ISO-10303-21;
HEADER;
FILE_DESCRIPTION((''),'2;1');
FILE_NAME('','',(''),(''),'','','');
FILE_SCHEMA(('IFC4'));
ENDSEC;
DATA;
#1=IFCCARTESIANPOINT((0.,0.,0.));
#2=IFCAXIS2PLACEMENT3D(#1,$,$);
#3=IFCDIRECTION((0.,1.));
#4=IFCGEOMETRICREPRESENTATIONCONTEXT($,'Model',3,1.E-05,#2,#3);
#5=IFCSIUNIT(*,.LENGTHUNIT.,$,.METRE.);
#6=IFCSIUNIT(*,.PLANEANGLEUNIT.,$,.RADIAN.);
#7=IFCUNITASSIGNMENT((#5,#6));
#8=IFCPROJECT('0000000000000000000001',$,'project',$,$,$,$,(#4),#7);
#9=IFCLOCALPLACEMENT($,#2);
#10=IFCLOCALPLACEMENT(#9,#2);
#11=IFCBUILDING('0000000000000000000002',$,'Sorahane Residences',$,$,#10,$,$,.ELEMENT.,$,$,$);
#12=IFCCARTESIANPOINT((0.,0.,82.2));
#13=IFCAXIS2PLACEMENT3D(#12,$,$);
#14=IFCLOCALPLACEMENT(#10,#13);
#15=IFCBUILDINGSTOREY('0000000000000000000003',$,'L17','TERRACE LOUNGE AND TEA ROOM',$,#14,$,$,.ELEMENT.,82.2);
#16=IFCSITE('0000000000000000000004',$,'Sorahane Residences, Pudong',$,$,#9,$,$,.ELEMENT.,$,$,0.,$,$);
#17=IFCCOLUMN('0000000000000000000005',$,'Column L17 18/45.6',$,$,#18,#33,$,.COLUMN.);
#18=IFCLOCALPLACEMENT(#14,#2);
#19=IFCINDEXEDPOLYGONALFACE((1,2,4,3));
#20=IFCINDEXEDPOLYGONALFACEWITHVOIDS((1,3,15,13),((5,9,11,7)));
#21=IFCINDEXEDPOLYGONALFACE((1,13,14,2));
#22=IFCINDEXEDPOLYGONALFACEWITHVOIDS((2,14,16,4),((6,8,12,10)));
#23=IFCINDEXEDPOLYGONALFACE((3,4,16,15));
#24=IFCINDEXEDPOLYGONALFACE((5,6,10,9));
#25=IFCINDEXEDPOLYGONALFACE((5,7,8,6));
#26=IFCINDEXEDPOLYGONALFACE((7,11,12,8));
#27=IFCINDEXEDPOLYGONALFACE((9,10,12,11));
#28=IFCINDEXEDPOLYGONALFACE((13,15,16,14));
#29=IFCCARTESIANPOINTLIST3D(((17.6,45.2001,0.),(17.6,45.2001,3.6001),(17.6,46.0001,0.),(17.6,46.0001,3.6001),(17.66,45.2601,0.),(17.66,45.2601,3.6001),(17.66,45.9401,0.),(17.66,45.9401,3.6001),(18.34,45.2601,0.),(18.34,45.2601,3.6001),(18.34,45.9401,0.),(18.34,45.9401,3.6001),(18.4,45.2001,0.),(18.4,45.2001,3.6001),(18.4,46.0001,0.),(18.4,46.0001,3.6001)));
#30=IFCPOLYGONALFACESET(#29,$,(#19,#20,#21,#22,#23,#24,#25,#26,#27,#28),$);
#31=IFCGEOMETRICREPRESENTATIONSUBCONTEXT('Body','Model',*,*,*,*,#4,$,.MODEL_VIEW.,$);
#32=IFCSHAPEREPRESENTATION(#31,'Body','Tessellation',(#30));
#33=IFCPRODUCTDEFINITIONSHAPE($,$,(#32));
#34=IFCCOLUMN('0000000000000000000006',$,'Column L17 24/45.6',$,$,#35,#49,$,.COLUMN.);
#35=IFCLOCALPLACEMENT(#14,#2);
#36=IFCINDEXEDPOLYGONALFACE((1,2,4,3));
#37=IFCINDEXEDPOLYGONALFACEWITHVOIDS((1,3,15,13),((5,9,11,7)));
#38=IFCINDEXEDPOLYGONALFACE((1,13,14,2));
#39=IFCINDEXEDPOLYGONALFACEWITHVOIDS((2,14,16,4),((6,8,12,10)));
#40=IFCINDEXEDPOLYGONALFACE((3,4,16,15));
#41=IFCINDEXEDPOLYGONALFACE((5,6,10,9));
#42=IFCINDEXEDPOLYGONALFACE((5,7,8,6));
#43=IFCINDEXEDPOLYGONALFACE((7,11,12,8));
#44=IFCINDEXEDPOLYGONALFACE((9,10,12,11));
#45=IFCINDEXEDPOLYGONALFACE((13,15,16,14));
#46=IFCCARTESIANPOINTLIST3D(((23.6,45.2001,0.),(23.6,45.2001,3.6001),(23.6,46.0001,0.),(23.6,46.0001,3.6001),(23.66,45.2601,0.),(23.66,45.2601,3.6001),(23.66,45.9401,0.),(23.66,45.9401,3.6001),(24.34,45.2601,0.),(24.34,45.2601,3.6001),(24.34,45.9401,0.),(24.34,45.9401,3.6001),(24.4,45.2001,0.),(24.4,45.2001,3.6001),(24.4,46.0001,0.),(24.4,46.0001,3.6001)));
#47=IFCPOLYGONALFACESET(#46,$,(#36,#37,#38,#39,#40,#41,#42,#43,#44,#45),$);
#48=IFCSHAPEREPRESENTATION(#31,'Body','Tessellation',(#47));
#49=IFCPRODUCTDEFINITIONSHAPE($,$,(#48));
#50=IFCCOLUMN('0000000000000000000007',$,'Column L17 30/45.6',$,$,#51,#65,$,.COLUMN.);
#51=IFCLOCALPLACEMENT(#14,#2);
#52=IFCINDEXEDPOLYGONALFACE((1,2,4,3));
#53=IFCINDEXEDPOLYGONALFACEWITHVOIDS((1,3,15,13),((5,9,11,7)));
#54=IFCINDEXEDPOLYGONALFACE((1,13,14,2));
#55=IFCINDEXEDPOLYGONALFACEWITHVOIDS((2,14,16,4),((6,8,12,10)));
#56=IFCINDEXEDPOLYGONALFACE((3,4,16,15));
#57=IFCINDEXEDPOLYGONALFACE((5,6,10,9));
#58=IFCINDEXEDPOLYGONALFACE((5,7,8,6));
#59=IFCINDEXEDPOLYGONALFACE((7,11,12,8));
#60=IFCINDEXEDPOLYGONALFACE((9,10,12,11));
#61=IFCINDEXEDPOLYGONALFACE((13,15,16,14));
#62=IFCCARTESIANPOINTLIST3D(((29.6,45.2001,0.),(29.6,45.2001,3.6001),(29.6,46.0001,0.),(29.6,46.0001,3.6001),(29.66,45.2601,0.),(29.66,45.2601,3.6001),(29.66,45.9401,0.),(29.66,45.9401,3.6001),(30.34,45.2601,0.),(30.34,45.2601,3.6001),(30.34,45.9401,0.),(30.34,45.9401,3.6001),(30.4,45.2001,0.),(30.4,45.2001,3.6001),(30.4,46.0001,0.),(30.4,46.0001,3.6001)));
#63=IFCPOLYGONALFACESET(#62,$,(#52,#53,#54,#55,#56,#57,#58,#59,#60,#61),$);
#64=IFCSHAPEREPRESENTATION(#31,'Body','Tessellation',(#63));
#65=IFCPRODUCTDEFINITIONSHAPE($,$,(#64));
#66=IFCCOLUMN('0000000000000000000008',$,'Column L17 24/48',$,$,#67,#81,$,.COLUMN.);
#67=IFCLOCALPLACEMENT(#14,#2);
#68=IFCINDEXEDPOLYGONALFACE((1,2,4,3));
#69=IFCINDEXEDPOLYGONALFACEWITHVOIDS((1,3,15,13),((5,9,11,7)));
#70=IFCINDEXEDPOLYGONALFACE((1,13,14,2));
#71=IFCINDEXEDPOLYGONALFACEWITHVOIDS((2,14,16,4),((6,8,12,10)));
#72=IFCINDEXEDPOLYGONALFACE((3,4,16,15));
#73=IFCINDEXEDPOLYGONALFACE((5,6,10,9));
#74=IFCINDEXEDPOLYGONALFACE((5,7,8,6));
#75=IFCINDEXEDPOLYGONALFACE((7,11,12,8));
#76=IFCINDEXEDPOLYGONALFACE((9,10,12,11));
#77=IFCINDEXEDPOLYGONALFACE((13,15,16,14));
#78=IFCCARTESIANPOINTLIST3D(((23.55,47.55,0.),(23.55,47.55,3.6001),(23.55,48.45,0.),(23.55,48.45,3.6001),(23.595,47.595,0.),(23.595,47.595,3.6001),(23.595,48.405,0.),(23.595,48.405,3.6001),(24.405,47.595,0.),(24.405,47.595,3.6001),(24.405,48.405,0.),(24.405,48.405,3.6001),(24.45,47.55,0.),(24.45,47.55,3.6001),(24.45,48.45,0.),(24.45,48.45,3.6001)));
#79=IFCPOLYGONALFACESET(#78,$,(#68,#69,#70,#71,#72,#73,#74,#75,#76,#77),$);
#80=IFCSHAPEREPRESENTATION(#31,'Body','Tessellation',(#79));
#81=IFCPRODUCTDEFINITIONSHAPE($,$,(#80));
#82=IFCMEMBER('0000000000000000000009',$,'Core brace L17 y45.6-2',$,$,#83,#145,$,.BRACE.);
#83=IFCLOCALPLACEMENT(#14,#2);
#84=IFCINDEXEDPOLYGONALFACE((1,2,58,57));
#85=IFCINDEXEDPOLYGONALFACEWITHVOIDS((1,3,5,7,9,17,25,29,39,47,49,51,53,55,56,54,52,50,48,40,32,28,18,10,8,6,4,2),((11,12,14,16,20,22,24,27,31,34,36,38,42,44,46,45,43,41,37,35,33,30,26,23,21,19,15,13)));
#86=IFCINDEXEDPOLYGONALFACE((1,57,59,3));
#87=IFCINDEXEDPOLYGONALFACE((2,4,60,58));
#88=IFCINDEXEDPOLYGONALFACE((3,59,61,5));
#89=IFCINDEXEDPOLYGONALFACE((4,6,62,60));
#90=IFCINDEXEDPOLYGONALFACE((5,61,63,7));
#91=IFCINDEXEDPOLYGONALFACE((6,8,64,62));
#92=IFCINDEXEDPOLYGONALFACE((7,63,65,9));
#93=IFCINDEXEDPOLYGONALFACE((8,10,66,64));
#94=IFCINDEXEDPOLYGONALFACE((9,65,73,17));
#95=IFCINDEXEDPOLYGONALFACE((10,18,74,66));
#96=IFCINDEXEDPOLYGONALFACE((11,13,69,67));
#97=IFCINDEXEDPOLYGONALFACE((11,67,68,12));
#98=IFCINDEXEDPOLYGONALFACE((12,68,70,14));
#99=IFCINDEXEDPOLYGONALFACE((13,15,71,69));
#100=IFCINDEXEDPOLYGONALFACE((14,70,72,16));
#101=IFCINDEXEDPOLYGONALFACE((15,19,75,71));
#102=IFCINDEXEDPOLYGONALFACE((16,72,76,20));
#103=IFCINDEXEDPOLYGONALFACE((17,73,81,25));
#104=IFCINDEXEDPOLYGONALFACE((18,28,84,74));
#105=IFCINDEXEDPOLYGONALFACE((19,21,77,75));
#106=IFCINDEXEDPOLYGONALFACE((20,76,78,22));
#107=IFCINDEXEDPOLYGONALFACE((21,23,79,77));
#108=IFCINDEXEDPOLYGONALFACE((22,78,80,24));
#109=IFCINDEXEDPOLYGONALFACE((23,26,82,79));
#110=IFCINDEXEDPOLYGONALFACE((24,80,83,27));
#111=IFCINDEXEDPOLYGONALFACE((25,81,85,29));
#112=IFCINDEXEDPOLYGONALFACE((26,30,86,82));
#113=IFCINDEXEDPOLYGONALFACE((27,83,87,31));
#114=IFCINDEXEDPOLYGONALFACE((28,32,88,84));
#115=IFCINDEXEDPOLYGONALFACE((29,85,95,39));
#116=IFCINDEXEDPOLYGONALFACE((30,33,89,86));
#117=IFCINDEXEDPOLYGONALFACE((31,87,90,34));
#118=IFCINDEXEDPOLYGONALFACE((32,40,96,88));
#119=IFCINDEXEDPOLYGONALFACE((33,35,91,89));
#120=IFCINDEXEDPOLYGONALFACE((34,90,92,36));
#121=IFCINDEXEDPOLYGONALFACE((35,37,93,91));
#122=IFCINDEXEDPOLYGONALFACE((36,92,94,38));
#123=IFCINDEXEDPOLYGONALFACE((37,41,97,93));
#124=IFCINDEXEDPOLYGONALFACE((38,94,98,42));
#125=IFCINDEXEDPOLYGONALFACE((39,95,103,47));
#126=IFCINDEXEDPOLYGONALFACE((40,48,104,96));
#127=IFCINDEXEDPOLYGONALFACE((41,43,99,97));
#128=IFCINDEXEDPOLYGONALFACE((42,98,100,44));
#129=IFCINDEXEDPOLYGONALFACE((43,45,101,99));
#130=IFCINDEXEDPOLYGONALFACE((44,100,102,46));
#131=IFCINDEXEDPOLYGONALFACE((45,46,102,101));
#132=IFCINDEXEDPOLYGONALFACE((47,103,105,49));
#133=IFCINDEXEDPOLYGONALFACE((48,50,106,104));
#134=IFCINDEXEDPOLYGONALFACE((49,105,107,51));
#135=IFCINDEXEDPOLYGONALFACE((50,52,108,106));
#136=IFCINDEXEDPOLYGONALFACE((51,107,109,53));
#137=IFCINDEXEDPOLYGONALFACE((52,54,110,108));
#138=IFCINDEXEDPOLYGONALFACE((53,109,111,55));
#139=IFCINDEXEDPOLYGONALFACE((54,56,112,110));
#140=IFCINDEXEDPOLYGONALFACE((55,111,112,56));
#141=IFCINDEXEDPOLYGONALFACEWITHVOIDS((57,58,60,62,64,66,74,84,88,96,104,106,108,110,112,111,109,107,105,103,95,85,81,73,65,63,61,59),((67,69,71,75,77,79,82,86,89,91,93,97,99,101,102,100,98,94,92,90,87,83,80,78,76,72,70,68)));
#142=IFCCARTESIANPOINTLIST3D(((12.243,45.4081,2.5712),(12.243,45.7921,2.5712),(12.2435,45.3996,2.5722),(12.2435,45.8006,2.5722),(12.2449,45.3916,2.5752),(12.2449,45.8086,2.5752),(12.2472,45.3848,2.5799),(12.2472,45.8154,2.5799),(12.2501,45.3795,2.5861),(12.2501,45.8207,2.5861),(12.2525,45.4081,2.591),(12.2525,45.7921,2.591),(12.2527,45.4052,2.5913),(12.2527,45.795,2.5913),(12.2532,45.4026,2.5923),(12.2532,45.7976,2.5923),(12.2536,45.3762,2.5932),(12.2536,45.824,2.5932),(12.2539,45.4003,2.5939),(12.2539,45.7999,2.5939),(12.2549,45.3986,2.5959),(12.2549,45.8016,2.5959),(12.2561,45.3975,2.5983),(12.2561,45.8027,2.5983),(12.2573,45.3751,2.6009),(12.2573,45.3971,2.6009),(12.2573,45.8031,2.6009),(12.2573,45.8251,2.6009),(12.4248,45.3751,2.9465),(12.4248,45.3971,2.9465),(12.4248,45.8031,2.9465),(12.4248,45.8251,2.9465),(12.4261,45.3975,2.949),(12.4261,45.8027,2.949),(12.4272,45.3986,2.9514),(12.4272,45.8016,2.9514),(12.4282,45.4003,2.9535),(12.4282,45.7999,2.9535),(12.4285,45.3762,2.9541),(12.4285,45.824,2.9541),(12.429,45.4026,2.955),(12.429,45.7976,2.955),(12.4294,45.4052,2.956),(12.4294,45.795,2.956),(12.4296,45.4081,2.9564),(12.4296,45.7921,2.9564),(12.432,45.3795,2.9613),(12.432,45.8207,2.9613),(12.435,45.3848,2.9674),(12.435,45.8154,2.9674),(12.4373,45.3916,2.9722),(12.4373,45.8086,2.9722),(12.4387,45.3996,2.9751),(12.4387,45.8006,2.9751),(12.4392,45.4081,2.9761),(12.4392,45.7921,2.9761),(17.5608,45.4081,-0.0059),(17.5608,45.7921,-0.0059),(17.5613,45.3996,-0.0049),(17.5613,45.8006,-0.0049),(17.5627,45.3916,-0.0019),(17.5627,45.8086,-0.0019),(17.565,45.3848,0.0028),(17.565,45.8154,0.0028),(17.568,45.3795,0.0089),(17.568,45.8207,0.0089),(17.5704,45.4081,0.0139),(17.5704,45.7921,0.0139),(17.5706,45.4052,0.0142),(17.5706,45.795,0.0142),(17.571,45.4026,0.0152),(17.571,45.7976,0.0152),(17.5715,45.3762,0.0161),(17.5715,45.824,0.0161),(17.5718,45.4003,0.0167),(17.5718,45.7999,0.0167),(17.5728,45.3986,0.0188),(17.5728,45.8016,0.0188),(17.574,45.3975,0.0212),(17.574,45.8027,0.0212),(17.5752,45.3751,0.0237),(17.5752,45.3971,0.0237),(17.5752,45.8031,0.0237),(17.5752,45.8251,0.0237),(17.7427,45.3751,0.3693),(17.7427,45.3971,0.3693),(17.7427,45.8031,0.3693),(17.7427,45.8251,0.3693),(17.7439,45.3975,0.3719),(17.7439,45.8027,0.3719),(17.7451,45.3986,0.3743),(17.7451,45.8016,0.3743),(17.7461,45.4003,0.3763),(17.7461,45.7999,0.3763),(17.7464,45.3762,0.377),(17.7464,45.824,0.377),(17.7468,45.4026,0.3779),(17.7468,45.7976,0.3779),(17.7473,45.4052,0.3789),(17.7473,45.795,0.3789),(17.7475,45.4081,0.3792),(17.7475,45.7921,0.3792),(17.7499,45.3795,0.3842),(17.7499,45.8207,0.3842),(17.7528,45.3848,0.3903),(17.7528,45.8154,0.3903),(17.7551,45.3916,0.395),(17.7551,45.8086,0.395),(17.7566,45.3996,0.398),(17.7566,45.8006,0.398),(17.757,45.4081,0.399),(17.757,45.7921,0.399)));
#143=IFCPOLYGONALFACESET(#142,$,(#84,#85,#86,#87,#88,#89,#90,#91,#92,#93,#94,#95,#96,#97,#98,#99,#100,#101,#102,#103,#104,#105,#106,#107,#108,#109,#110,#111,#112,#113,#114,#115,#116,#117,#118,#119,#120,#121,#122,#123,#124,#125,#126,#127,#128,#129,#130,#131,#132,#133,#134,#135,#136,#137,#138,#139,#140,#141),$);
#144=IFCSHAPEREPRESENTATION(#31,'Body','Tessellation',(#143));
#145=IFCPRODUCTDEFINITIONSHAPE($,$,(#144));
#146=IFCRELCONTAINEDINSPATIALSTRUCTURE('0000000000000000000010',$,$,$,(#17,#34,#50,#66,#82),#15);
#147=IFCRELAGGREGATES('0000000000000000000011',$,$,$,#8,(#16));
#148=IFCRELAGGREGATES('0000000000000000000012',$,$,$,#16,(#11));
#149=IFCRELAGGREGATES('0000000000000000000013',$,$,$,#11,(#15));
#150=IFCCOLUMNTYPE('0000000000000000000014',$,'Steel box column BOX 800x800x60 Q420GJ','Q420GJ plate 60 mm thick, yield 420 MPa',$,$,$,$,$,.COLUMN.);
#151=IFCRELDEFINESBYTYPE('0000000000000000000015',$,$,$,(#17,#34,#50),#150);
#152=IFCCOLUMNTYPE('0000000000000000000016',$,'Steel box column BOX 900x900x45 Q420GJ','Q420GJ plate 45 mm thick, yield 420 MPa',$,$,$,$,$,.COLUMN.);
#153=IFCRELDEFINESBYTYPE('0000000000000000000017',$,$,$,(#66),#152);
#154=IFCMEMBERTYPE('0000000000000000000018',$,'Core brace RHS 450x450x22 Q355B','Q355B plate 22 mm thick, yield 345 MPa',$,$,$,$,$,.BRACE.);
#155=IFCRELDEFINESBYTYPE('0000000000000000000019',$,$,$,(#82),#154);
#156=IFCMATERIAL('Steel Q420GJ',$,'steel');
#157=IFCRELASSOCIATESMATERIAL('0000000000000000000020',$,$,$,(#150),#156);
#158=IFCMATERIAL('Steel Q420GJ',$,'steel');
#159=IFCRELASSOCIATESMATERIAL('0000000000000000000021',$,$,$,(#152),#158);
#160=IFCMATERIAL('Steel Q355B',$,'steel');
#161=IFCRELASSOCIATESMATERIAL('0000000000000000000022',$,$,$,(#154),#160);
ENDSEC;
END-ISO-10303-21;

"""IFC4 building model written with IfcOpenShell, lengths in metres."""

from ifc_helpers import new_model, si_unit, direction, frame, origin, origin_2d, place, context, subcontext, project, spatial, hollow_rectangle, extrude, material, material_profile, profile_set, type_object, element, save


model = new_model("IFC4")

# Units and contexts
model_context = context("Model", 3, precision=1e-05, world=origin(), true_north=direction((0.0, 1.0)))
body_context = subcontext(model_context, "Body", "Model", "MODEL_VIEW")
ifc_project = project(units=[si_unit("LENGTHUNIT", "METRE"), si_unit("PLANEANGLEUNIT", "RADIAN")], contexts=[model_context])

# Site, building, storey
site_placement = place(None, origin())
site = spatial("IfcSite", under=ifc_project, at=site_placement, Name="Sorahane Residences, Pudong", CompositionType="ELEMENT", RefElevation=0.0)
building_placement = place(site_placement, origin())
building = spatial("IfcBuilding", under=site, at=building_placement, Name="Sorahane Residences", CompositionType="ELEMENT")
storey_placement = place(building_placement, frame((0.0, 0.0, 82.2)))
storey = spatial("IfcBuildingStorey", under=building, at=storey_placement, Name="L17", Description="TERRACE LOUNGE AND TEA ROOM", CompositionType="ELEMENT", Elevation=82.2)

# Columns
ifc_material_1 = material(Name="Steel Q420GJ", Category="steel")
ifc_material_profile_1 = material_profile(ifc_material_1, hollow_rectangle(XDim=0.8, YDim=0.8, WallThickness=0.0601, at=origin_2d()), Name="BOX 800x800x60")
ifc_profile_set_1 = profile_set([ifc_material_profile_1], Name="Steel Q420GJ")
column_type_1 = type_object("IfcColumnType", Name="Steel box column BOX 800x800x60 Q420GJ", Description="Q420GJ plate 60 mm thick, yield 420 MPa", PredefinedType="COLUMN", material=ifc_profile_set_1)
for number, where, z_axis, x_axis, name in (
    (1, (18.0, 45.6001, 0.0), (0.0, 0.0, 1.0), (1.0, 0.0, 0.0), "Column L17 18/45.6"),
    (2, (24.0, 45.6001, 0.0), (0.0, 0.0, 1.0), (1.0, 0.0, 0.0), "Column L17 24/45.6"),
    (3, (30.0, 45.6001, 0.0), (0.0, 0.0, 1.0), (1.0, 0.0, 0.0), "Column L17 30/45.6"),
):
    element("IfcColumn", number, at=place(storey_placement, frame(where, z_axis=z_axis, x_axis=x_axis)), inside=storey, type_object=column_type_1, Name=name, PredefinedType="COLUMN", context=body_context, shape_type="SweptSolid", body=[
        extrude(hollow_rectangle(XDim=0.8, YDim=0.8, WallThickness=0.0601, at=origin_2d()), origin(), (0.0, 0.0, 1.0), 3.6001),
    ])
ifc_material_2 = material(Name="Steel Q420GJ", Category="steel")
ifc_material_profile_2 = material_profile(ifc_material_2, hollow_rectangle(XDim=0.8999, YDim=0.8999, WallThickness=0.0449, at=origin_2d()), Name="BOX 900x900x45")
ifc_profile_set_2 = profile_set([ifc_material_profile_2], Name="Steel Q420GJ")
column_type_2 = type_object("IfcColumnType", Name="Steel box column BOX 900x900x45 Q420GJ", Description="Q420GJ plate 45 mm thick, yield 420 MPa", PredefinedType="COLUMN", material=ifc_profile_set_2)
column_placement = place(storey_placement, frame((24.0, 48.0, 0.0), z_axis=(0.0, 0.0, 1.0), x_axis=(1.0, 0.0, 0.0)))
element("IfcColumn", 4, at=column_placement, inside=storey, type_object=column_type_2, Name="Column L17 24/48", PredefinedType="COLUMN", context=body_context, shape_type="SweptSolid", body=[
    extrude(hollow_rectangle(XDim=0.8999, YDim=0.8999, WallThickness=0.0449, at=origin_2d()), origin(), (0.0, 0.0, 1.0), 3.6001),
])

# Member
ifc_material_3 = material(Name="Steel Q355B", Category="steel")
ifc_material_profile_3 = material_profile(ifc_material_3, hollow_rectangle(XDim=0.45, YDim=0.45, WallThickness=0.022, InnerFilletRadius=0.011, OuterFilletRadius=0.033, at=origin_2d()), Name="RHS 450x450x22")
ifc_profile_set_3 = profile_set([ifc_material_profile_3], Name="Steel Q355B")
member_type_1 = type_object("IfcMemberType", Name="Core brace RHS 450x450x22 Q355B", Description="Q355B plate 22 mm thick, yield 345 MPa", PredefinedType="BRACE", material=ifc_profile_set_3)
for number, where, z_axis, x_axis, name in (
    (5, (17.6589, 45.6001, 0.1965), (-0.899895, 0.0, 0.436107), (0.0, -1.0, 0.0), "Core brace L17 y45.6-2"),
):
    element("IfcMember", number, at=place(storey_placement, frame(where, z_axis=z_axis, x_axis=x_axis)), inside=storey, type_object=member_type_1, Name=name, PredefinedType="BRACE", context=body_context, shape_type="SweptSolid", body=[
        extrude(hollow_rectangle(XDim=0.45, YDim=0.45, WallThickness=0.022, InnerFilletRadius=0.011, OuterFilletRadius=0.033, at=origin_2d()), origin(), (0.0, 0.0, 1.0), 5.9094),
    ])

save(model, "model.ifc")
